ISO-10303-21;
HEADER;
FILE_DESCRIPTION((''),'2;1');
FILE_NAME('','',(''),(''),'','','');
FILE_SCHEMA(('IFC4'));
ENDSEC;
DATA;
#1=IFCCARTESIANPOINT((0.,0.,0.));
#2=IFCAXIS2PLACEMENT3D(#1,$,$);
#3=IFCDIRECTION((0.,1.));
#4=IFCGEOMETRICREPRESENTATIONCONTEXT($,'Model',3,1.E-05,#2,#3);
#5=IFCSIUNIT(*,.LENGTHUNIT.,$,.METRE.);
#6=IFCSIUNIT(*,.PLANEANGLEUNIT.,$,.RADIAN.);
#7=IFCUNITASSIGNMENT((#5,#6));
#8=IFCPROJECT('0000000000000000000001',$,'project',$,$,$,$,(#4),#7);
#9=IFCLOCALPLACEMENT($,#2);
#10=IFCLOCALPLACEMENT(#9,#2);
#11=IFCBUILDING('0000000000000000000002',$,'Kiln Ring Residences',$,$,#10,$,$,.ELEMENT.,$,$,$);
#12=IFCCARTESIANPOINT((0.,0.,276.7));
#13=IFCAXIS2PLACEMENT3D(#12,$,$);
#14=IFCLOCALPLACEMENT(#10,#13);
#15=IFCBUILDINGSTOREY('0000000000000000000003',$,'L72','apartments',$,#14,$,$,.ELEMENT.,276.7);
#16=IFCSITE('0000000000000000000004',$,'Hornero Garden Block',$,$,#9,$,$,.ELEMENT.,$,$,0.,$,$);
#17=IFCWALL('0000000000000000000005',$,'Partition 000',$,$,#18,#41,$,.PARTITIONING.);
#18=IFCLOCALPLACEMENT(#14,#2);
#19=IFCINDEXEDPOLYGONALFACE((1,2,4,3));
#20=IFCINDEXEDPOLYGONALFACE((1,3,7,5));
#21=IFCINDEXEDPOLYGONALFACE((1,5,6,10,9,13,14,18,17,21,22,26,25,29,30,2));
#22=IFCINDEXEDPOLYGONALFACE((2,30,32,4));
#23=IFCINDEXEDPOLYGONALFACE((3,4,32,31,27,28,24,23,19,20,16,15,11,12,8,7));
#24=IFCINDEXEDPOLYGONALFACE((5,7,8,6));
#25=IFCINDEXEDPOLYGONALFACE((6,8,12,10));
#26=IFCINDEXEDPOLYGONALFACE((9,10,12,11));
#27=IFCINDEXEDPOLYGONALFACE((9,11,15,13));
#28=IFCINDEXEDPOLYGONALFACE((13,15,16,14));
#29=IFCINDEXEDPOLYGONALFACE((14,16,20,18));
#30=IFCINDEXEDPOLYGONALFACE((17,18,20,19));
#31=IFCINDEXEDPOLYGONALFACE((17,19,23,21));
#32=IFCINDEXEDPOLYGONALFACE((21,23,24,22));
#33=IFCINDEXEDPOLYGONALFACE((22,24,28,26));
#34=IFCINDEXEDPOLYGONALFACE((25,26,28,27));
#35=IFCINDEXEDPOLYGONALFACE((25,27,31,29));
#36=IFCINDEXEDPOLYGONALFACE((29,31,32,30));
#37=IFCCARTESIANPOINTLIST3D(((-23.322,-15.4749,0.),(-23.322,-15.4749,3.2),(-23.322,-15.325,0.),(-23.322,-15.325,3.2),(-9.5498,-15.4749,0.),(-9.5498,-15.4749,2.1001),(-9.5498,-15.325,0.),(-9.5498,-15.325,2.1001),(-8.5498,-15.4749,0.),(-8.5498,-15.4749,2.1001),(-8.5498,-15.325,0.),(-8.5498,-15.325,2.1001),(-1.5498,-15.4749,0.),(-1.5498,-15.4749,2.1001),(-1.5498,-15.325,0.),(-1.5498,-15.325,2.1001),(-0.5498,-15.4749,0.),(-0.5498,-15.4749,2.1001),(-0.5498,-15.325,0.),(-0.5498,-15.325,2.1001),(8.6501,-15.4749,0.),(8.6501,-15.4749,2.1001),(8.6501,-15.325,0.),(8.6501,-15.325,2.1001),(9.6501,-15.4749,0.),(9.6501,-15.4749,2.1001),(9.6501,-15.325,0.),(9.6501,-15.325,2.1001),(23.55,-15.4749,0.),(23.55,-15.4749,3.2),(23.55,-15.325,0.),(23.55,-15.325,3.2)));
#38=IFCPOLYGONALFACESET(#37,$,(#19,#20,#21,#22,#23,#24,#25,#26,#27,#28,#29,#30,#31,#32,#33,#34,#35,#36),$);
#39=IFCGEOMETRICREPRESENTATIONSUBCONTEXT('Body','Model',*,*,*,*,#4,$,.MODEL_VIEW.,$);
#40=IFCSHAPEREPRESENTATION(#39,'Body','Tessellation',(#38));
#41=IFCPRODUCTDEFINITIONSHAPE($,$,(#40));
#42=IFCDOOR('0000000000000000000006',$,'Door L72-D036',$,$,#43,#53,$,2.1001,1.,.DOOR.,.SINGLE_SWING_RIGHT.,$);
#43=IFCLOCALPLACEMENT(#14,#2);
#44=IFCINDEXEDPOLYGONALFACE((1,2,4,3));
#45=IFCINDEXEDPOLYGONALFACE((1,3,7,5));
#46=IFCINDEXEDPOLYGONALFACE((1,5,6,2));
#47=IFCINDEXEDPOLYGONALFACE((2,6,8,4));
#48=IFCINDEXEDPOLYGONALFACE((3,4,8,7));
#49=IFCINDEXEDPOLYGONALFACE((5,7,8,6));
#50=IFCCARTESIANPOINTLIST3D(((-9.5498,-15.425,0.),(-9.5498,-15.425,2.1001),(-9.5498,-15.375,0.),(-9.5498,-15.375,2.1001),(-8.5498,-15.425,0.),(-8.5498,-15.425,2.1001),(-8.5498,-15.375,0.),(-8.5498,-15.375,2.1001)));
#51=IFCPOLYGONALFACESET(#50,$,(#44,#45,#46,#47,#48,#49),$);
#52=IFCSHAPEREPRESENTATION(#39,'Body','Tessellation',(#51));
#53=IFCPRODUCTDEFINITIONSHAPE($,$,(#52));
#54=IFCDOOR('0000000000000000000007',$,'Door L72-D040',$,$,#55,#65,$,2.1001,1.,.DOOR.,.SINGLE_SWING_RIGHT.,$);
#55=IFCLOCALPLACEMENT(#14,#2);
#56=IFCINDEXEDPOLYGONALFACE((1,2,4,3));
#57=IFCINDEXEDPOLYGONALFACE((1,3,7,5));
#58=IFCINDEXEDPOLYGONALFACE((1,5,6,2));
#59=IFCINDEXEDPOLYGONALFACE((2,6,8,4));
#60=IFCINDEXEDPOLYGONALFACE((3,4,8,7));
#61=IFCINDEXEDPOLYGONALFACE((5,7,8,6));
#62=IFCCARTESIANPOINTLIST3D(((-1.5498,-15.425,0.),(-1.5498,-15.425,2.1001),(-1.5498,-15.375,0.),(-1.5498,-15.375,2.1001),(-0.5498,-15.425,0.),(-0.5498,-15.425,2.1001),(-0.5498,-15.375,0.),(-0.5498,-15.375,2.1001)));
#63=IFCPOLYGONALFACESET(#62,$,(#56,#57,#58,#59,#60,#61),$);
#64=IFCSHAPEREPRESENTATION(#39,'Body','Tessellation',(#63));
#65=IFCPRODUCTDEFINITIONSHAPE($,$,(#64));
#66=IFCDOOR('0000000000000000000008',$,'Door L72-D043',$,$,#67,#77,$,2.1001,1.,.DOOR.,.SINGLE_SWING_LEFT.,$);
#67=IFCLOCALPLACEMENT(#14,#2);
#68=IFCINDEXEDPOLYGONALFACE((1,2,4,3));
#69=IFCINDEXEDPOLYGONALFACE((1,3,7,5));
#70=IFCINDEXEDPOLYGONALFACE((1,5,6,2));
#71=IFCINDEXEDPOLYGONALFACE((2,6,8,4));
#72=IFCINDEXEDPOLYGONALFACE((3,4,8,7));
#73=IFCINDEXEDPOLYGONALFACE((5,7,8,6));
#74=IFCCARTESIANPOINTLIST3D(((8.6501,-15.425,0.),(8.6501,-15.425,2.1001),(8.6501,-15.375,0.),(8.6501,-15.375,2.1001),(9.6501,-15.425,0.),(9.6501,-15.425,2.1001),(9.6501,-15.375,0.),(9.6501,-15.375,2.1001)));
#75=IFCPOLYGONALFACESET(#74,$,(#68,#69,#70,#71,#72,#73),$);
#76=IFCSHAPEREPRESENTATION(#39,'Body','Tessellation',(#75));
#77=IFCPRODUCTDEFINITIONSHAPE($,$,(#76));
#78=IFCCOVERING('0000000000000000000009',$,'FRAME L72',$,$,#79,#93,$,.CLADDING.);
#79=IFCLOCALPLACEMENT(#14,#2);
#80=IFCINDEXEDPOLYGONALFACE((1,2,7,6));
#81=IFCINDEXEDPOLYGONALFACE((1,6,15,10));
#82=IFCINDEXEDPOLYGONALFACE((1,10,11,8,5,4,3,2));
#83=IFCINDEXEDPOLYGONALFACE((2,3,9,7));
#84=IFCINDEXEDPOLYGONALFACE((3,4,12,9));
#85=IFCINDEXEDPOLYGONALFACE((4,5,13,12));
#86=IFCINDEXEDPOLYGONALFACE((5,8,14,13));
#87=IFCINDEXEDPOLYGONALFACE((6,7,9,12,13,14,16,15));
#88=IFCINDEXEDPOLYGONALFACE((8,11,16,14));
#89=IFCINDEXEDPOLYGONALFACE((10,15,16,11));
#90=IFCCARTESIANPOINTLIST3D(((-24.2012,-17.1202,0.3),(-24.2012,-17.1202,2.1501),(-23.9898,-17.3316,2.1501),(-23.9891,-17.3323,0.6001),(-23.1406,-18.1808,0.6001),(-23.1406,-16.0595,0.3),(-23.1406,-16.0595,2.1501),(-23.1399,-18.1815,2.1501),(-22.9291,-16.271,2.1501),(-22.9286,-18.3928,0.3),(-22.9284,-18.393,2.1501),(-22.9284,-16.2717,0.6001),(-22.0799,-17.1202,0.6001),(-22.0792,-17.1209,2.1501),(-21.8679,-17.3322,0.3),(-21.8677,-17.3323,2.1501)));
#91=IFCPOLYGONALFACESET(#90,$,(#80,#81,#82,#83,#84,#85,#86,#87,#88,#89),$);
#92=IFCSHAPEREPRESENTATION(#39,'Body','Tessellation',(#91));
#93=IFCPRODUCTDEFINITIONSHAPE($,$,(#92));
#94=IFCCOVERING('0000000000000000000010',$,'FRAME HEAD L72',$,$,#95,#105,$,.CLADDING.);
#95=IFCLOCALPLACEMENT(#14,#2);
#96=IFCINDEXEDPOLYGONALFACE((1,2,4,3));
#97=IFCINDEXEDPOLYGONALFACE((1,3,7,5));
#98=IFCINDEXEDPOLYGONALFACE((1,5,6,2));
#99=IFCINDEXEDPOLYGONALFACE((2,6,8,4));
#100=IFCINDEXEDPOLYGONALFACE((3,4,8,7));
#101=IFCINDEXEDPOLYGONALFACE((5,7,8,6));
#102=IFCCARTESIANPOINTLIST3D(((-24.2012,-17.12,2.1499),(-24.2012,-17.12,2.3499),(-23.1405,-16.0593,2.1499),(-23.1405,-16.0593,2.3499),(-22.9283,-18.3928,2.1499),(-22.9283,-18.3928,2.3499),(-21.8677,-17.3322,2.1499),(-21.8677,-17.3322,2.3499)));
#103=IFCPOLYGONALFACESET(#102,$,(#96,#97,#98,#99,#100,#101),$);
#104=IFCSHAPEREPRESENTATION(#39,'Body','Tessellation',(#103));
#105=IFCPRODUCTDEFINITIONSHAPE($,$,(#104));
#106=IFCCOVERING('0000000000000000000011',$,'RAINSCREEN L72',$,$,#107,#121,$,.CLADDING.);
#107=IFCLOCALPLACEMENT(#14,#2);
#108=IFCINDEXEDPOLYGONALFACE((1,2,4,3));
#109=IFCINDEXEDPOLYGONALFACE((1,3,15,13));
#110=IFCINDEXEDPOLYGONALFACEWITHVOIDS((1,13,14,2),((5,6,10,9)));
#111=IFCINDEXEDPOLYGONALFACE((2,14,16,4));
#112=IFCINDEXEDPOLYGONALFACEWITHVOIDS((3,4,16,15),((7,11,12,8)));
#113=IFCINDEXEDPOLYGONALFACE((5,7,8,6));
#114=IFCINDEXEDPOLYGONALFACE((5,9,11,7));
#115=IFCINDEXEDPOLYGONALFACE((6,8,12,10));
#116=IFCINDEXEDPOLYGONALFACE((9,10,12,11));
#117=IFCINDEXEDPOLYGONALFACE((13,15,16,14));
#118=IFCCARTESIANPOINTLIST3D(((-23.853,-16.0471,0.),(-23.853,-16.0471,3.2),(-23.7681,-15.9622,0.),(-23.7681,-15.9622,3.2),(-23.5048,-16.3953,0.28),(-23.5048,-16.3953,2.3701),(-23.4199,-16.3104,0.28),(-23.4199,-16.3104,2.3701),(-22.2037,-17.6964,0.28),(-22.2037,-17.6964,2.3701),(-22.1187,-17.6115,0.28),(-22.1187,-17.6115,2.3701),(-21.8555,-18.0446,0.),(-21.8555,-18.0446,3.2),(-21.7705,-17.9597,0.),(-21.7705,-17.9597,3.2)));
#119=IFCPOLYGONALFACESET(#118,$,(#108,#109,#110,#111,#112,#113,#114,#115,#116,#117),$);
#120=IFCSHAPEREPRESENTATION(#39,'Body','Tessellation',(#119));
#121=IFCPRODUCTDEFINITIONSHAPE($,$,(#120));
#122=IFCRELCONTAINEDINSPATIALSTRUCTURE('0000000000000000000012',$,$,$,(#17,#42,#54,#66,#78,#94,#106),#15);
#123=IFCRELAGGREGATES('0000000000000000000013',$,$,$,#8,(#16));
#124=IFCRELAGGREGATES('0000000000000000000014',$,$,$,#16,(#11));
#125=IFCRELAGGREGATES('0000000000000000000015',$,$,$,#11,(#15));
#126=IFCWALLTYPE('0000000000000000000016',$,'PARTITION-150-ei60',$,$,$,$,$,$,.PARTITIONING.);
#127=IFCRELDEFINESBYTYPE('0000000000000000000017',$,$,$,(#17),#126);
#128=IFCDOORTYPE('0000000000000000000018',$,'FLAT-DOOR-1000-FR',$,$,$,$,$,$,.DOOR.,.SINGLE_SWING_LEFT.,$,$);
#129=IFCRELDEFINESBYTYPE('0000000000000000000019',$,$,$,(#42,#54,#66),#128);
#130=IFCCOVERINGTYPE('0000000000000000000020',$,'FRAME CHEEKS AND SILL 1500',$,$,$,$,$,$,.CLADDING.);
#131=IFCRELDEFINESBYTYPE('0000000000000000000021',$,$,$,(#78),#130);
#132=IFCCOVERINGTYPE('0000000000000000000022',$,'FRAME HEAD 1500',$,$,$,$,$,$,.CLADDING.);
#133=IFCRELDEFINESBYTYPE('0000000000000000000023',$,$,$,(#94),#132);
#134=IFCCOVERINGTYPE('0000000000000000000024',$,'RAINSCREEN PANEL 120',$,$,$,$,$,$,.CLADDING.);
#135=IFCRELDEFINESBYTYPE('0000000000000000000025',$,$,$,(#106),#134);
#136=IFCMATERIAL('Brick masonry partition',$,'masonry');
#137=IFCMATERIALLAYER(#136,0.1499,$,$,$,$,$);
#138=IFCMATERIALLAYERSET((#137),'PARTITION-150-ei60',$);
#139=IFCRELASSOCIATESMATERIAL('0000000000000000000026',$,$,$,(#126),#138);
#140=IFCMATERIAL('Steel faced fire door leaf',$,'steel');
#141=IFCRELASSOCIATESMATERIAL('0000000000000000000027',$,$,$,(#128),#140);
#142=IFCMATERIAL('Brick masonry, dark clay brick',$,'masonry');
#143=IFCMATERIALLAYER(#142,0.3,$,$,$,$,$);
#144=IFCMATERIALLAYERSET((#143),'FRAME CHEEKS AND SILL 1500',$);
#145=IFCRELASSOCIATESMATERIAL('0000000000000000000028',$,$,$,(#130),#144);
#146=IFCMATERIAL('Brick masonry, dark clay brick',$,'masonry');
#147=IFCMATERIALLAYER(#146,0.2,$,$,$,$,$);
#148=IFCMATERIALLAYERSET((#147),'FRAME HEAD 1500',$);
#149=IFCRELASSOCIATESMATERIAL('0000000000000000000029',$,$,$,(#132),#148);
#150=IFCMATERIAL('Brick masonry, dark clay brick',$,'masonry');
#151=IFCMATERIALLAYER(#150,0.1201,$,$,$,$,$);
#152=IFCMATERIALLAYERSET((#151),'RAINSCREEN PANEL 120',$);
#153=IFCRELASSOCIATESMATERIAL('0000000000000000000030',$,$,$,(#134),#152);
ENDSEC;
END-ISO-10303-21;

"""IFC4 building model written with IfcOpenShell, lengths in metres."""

from ifc_helpers import new_model, si_unit, direction, frame, frame_2d, origin, origin_2d, place, context, subcontext, project, spatial, polyline, rectangle, outline, extrude, material, layer, layer_set, type_object, element, fill, save


model = new_model("IFC4")

# Units and contexts
model_context = context("Model", 3, precision=1e-05, world=origin(), true_north=direction((0.0, 1.0)))
body_context = subcontext(model_context, "Body", "Model", "MODEL_VIEW")
ifc_project = project(units=[si_unit("LENGTHUNIT", "METRE"), si_unit("PLANEANGLEUNIT", "RADIAN")], contexts=[model_context])

# Site, building, storey
site_placement = place(None, origin())
site = spatial("IfcSite", under=ifc_project, at=site_placement, Name="Hornero Garden Block", CompositionType="ELEMENT", RefElevation=0.0)
building_placement = place(site_placement, origin())
building = spatial("IfcBuilding", under=site, at=building_placement, Name="Kiln Ring Residences", CompositionType="ELEMENT")
storey_placement = place(building_placement, frame((0.0, 0.0, 276.7)))
storey = spatial("IfcBuildingStorey", under=building, at=storey_placement, Name="L72", Description="apartments", CompositionType="ELEMENT", Elevation=276.7)

# Wall, openings, doors
ifc_material_1 = material(Name="Brick masonry partition", Category="masonry")
ifc_layer_1 = layer(ifc_material_1, 0.1499)
ifc_layer_set_1 = layer_set([ifc_layer_1], Name="PARTITION-150-ei60")
wall_type_1 = type_object("IfcWallType", Name="PARTITION-150-ei60", PredefinedType="PARTITIONING", material=ifc_layer_set_1)
wall_1_placement = place(storey_placement, frame((-23.322, -15.3999, 0.0), z_axis=(0.0, 0.0, 1.0), x_axis=(1.0, 0.0, 0.0)))
wall_1 = element("IfcWall", 1, at=wall_1_placement, inside=storey, type_object=wall_type_1, Name="Partition 000", PredefinedType="PARTITIONING", context=body_context, shape_type="SweptSolid", body=[
    extrude(rectangle(XDim=46.8721, YDim=0.1499, at=frame_2d((23.436, 0.0))), origin(), (0.0, 0.0, 1.0), 3.2),
])
opening_1_placement = place(wall_1_placement, frame((13.7722, 0.0, 0.0)))
opening_1 = element("IfcOpeningElement", 2, at=opening_1_placement, cuts=wall_1, PredefinedType="OPENING", context=body_context, shape_type="SweptSolid", body=[
    extrude(rectangle(XDim=1.0, YDim=2.1001, at=frame_2d((0.5, 1.05))), frame((0.0, 0.085, 0.0), z_axis=(0.0, -1.0, 0.0), x_axis=(1.0, 0.0, 0.0)), (0.0, 0.0, 1.0), 0.1699),
])
opening_2_placement = place(wall_1_placement, frame((21.7722, 0.0, 0.0)))
opening_2 = element("IfcOpeningElement", 3, at=opening_2_placement, cuts=wall_1, PredefinedType="OPENING", context=body_context, shape_type="SweptSolid", body=[
    extrude(rectangle(XDim=1.0, YDim=2.1001, at=frame_2d((0.5, 1.05))), frame((0.0, 0.085, 0.0), z_axis=(0.0, -1.0, 0.0), x_axis=(1.0, 0.0, 0.0)), (0.0, 0.0, 1.0), 0.1699),
])
opening_3_placement = place(wall_1_placement, frame((31.9722, 0.0, 0.0)))
opening_3 = element("IfcOpeningElement", 4, at=opening_3_placement, cuts=wall_1, PredefinedType="OPENING", context=body_context, shape_type="SweptSolid", body=[
    extrude(rectangle(XDim=1.0, YDim=2.1001, at=frame_2d((0.5, 1.05))), frame((0.0, 0.085, 0.0), z_axis=(0.0, -1.0, 0.0), x_axis=(1.0, 0.0, 0.0)), (0.0, 0.0, 1.0), 0.1699),
])
ifc_material_2 = material(Name="Steel faced fire door leaf", Category="steel")
door_type_1 = type_object("IfcDoorType", Name="FLAT-DOOR-1000-FR", OperationType="SINGLE_SWING_LEFT", PredefinedType="DOOR", material=ifc_material_2)
door_1_placement = place(opening_1_placement, origin())
door_1 = element("IfcDoor", 5, at=door_1_placement, inside=storey, type_object=door_type_1, Name="Door L72-D036", OperationType="SINGLE_SWING_RIGHT", OverallHeight=2.1001, OverallWidth=1.0, PredefinedType="DOOR", context=body_context, shape_type="SweptSolid", body=[
    extrude(rectangle(XDim=1.0, YDim=2.1001, at=frame_2d((0.5, 1.05))), frame((0.0, 0.0249, 0.0), z_axis=(0.0, -1.0, 0.0), x_axis=(1.0, 0.0, 0.0)), (0.0, 0.0, 1.0), 0.05),
])
fill(opening_1, door_1)
door_2_placement = place(opening_2_placement, origin())
door_2 = element("IfcDoor", 6, at=door_2_placement, inside=storey, type_object=door_type_1, Name="Door L72-D040", OperationType="SINGLE_SWING_RIGHT", OverallHeight=2.1001, OverallWidth=1.0, PredefinedType="DOOR", context=body_context, shape_type="SweptSolid", body=[
    extrude(rectangle(XDim=1.0, YDim=2.1001, at=frame_2d((0.5, 1.05))), frame((0.0, 0.0249, 0.0), z_axis=(0.0, -1.0, 0.0), x_axis=(1.0, 0.0, 0.0)), (0.0, 0.0, 1.0), 0.05),
])
fill(opening_2, door_2)
door_3_placement = place(opening_3_placement, origin())
door_3 = element("IfcDoor", 7, at=door_3_placement, inside=storey, type_object=door_type_1, Name="Door L72-D043", OperationType="SINGLE_SWING_LEFT", OverallHeight=2.1001, OverallWidth=1.0, PredefinedType="DOOR", context=body_context, shape_type="SweptSolid", body=[
    extrude(rectangle(XDim=1.0, YDim=2.1001, at=frame_2d((0.5, 1.05))), frame((0.0, 0.0249, 0.0), z_axis=(0.0, -1.0, 0.0), x_axis=(1.0, 0.0, 0.0)), (0.0, 0.0, 1.0), 0.05),
])
fill(opening_3, door_3)

# Coverings
ifc_material_3 = material(Name="Brick masonry, dark clay brick", Category="masonry")
ifc_layer_2 = layer(ifc_material_3, 0.3)
ifc_layer_set_2 = layer_set([ifc_layer_2], Name="FRAME CHEEKS AND SILL 1500")
covering_type_1 = type_object("IfcCoveringType", Name="FRAME CHEEKS AND SILL 1500", PredefinedType="CLADDING", material=ifc_layer_set_2)
covering_1_placement = place(storey_placement, frame((-23.6709, -16.5898, 0.3), z_axis=(0.0, 0.0, 1.0), x_axis=(0.707107, -0.707107, 0.0)))
element("IfcCovering", 8, at=covering_1_placement, inside=storey, type_object=covering_type_1, Name="FRAME L72", PredefinedType="CLADDING", context=body_context, shape_type="SweptSolid", body=[
    extrude(outline(polyline([(0.0, 0.0), (1.7998, 0.0), (1.8, 1.8501), (1.501, 1.8501), (1.5, 0.3), (0.3, 0.3), (0.2991, 1.8501), (0.0, 1.8501), (0.0, 0.0)])), frame((0.0, 0.75, 0.0), z_axis=(0.0, -1.0, 0.0), x_axis=(1.0, 0.0, 0.0)), (0.0, 0.0, 1.0), 1.5),
])
ifc_material_4 = material(Name="Brick masonry, dark clay brick", Category="masonry")
ifc_layer_3 = layer(ifc_material_4, 0.2)
ifc_layer_set_3 = layer_set([ifc_layer_3], Name="FRAME HEAD 1500")
covering_type_2 = type_object("IfcCoveringType", Name="FRAME HEAD 1500", PredefinedType="CLADDING", material=ifc_layer_set_3)
covering_2_placement = place(storey_placement, frame((-23.0344, -17.2261, 2.1499), z_axis=(0.0, 0.0, 1.0), x_axis=(0.707107, -0.707107, 0.0)))
element("IfcCovering", 9, at=covering_2_placement, inside=storey, type_object=covering_type_2, Name="FRAME HEAD L72", PredefinedType="CLADDING", context=body_context, shape_type="SweptSolid", body=[
    extrude(rectangle(XDim=1.8, YDim=1.5, at=origin_2d()), origin(), (0.0, 0.0, 1.0), 0.2),
])
ifc_material_5 = material(Name="Brick masonry, dark clay brick", Category="masonry")
ifc_layer_4 = layer(ifc_material_5, 0.1201)
ifc_layer_set_4 = layer_set([ifc_layer_4], Name="RAINSCREEN PANEL 120")
covering_type_3 = type_object("IfcCoveringType", Name="RAINSCREEN PANEL 120", PredefinedType="CLADDING", material=ifc_layer_set_4)
covering_3_placement = place(storey_placement, frame((-23.8105, -16.0046, 0.0), z_axis=(0.0, 0.0, 1.0), x_axis=(0.707107, -0.707107, 0.0)))
element("IfcCovering", 10, at=covering_3_placement, inside=storey, type_object=covering_type_3, Name="RAINSCREEN L72", PredefinedType="CLADDING", context=body_context, shape_type="SweptSolid", body=[
    extrude(outline(polyline([(0.0, 0.0), (2.825, 0.0), (2.825, 3.2), (0.0, 3.2), (0.0, 0.0)]), holes=[polyline([(0.4924, 2.3701), (0.4924, 0.28), (2.3325, 0.28), (2.3325, 2.3701), (0.4924, 2.3701)])]), frame((0.0, 0.0601, 0.0), z_axis=(0.0, -1.0, 0.0), x_axis=(1.0, 0.0, 0.0)), (0.0, 0.0, 1.0), 0.1201),
])

save(model, "model.ifc")
